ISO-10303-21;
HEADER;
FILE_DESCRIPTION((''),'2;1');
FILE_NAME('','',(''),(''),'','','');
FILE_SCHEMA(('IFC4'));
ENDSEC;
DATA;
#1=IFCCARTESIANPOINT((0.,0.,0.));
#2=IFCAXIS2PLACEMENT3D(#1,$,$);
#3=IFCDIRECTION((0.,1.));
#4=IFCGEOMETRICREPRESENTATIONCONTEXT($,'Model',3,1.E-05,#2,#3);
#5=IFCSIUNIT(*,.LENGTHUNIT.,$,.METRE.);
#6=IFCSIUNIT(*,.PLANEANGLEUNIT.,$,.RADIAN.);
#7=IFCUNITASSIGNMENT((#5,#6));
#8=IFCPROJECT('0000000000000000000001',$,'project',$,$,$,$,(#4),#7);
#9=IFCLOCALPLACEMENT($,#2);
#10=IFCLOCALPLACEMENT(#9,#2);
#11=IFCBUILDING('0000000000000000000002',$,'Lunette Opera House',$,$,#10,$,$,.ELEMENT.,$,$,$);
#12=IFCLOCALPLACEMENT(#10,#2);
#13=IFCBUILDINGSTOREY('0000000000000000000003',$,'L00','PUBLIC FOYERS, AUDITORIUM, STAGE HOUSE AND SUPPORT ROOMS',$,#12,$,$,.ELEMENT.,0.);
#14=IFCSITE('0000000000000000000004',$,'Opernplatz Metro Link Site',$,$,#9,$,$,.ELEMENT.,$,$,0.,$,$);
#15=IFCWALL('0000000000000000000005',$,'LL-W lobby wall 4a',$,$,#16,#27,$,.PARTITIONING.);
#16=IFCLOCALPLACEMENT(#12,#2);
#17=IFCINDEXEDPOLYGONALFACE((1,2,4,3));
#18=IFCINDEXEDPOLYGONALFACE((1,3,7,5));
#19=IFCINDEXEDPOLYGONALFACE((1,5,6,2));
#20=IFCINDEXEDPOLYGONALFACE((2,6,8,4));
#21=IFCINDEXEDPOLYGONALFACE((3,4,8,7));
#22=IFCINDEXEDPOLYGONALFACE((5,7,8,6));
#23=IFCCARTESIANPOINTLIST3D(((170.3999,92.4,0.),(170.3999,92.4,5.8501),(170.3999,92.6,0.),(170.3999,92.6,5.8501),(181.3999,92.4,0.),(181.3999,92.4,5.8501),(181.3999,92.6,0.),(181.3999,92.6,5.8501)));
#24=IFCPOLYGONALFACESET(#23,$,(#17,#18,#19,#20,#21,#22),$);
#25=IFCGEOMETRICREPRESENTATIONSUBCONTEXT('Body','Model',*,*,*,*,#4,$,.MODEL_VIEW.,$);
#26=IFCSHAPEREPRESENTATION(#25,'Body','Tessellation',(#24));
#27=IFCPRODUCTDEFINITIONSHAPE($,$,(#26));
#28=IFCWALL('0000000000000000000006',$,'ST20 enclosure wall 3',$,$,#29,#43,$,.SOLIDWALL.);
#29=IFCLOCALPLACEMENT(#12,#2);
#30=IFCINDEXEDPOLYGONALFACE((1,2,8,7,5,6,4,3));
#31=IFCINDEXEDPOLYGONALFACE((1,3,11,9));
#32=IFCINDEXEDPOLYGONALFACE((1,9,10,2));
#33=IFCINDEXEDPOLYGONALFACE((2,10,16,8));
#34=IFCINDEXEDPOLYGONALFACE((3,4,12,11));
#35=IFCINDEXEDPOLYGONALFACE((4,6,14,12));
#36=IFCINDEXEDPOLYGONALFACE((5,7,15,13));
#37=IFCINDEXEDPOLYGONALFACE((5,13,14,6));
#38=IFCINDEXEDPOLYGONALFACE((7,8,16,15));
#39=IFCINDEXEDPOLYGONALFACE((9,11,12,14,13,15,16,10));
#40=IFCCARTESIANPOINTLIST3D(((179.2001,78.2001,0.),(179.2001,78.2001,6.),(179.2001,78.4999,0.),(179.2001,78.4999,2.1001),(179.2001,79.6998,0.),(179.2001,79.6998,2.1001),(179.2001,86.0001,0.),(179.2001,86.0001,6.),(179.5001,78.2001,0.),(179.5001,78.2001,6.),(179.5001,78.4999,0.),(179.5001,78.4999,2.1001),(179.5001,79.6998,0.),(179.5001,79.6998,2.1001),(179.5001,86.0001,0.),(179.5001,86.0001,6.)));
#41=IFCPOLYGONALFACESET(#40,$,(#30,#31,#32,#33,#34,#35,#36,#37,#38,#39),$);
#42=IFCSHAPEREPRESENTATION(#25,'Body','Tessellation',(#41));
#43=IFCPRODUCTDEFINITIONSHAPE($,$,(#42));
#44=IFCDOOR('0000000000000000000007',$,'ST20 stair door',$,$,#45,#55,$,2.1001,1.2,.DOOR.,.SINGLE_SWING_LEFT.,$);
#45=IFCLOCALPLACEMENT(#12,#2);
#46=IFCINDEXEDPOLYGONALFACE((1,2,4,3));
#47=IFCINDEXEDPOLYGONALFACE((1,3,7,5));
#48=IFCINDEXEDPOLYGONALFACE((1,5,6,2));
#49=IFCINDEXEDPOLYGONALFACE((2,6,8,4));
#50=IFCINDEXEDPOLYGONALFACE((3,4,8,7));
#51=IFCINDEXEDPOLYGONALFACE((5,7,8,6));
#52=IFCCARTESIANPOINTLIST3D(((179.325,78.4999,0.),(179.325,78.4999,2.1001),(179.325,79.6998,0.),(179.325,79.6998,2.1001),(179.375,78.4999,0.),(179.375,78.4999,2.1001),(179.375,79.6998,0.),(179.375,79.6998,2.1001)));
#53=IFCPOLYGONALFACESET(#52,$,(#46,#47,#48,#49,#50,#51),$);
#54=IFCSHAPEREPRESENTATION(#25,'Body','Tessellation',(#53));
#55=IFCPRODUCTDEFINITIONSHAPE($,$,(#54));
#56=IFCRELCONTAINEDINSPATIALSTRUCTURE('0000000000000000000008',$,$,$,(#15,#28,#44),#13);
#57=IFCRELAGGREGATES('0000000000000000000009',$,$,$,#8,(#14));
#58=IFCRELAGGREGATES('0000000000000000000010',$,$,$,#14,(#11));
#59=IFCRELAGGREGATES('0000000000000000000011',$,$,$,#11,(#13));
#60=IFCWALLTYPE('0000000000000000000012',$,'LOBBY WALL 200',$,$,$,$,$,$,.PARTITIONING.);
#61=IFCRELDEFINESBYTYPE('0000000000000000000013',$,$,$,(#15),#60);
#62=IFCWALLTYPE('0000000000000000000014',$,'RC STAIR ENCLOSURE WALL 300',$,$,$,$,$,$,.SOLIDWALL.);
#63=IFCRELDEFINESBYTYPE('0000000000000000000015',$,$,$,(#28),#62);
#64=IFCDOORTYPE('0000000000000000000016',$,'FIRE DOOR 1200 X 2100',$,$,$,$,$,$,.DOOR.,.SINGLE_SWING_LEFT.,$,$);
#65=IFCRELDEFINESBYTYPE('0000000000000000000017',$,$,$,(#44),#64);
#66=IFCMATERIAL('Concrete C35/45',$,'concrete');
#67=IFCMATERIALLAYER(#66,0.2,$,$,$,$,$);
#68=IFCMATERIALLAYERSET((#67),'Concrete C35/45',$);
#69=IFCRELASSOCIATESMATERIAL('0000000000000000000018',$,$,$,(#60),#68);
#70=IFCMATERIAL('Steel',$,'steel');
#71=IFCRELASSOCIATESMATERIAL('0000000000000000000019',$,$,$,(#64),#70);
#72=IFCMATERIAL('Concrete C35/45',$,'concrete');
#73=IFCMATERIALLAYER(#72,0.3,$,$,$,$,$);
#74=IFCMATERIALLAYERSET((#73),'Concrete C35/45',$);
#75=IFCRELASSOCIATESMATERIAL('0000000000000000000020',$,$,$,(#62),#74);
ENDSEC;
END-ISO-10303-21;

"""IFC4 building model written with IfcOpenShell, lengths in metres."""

from ifc_helpers import new_model, si_unit, direction, frame, frame_2d, origin, place, context, subcontext, project, spatial, rectangle, extrude, material, layer, layer_set, type_object, element, fill, save


model = new_model("IFC4")

# Units and contexts
model_context = context("Model", 3, precision=1e-05, world=origin(), true_north=direction((0.0, 1.0)))
body_context = subcontext(model_context, "Body", "Model", "MODEL_VIEW")
ifc_project = project(units=[si_unit("LENGTHUNIT", "METRE"), si_unit("PLANEANGLEUNIT", "RADIAN")], contexts=[model_context])

# Site, building, storey
site_placement = place(None, origin())
site = spatial("IfcSite", under=ifc_project, at=site_placement, Name="Opernplatz Metro Link Site", CompositionType="ELEMENT", RefElevation=0.0)
building_placement = place(site_placement, origin())
building = spatial("IfcBuilding", under=site, at=building_placement, Name="Lunette Opera House", CompositionType="ELEMENT")
storey_placement = place(building_placement, origin())
storey = spatial("IfcBuildingStorey", under=building, at=storey_placement, Name="L00", Description="PUBLIC FOYERS, AUDITORIUM, STAGE HOUSE AND SUPPORT ROOMS", CompositionType="ELEMENT", Elevation=0.0)

# Shared definitions
ifc_material_1 = material(Name="Concrete C35/45", Category="concrete")
ifc_layer_1 = layer(ifc_material_1, 0.2)
ifc_layer_set_1 = layer_set([ifc_layer_1], Name="Concrete C35/45")
wall_type_1 = type_object("IfcWallType", Name="LOBBY WALL 200", PredefinedType="PARTITIONING", material=ifc_layer_set_1)
ifc_material_2 = material(Name="Steel", Category="steel")
door_type = type_object("IfcDoorType", Name="FIRE DOOR 1200 X 2100", OperationType="SINGLE_SWING_LEFT", PredefinedType="DOOR", material=ifc_material_2)

# Wall
wall_1_placement = place(storey_placement, frame((170.3999, 92.5, 0.0), z_axis=(0.0, 0.0, 1.0), x_axis=(1.0, 0.0, 0.0)))
element("IfcWall", 1, at=wall_1_placement, inside=storey, type_object=wall_type_1, Name="LL-W lobby wall 4a", PredefinedType="PARTITIONING", context=body_context, shape_type="SweptSolid", body=[
    extrude(rectangle(XDim=11.0, YDim=0.2, at=frame_2d((5.5, 0.0))), origin(), (0.0, 0.0, 1.0), 5.8501),
])

# Wall, opening, door
ifc_material_3 = material(Name="Concrete C35/45", Category="concrete")
ifc_layer_2 = layer(ifc_material_3, 0.3)
ifc_layer_set_2 = layer_set([ifc_layer_2], Name="Concrete C35/45")
wall_type_2 = type_object("IfcWallType", Name="RC STAIR ENCLOSURE WALL 300", PredefinedType="SOLIDWALL", material=ifc_layer_set_2)
wall_2_placement = place(storey_placement, frame((179.3501, 86.0, 0.0), z_axis=(0.0, 0.0, 1.0), x_axis=(0.0, -1.0, 0.0)))
wall_2 = element("IfcWall", 2, at=wall_2_placement, inside=storey, type_object=wall_type_2, Name="ST20 enclosure wall 3", PredefinedType="SOLIDWALL", context=body_context, shape_type="SweptSolid", body=[
    extrude(rectangle(XDim=7.8, YDim=0.3, at=frame_2d((3.8999, 0.0))), origin(), (0.0, 0.0, 1.0), 6.0),
])
opening_1_placement = place(wall_2_placement, frame((6.3, 0.0, 0.0)))
opening_1 = element("IfcOpeningElement", 3, at=opening_1_placement, cuts=wall_2, PredefinedType="OPENING", context=body_context, shape_type="SweptSolid", body=[
    extrude(rectangle(XDim=1.2, YDim=2.1001, at=frame_2d((0.6001, 1.05))), frame((0.0, 0.1621, 0.0), z_axis=(0.0, -1.0, 0.0), x_axis=(1.0, 0.0, 0.0)), (0.0, 0.0, 1.0), 0.324),
])
door_1_placement = place(opening_1_placement, origin())
door_1 = element("IfcDoor", 4, at=door_1_placement, inside=storey, type_object=door_type, Name="ST20 stair door", OperationType="SINGLE_SWING_LEFT", OverallHeight=2.1001, OverallWidth=1.2, PredefinedType="DOOR", context=body_context, shape_type="SweptSolid", body=[
    extrude(rectangle(XDim=1.2, YDim=2.1001, at=frame_2d((0.6001, 1.05))), frame((0.0, 0.0249, 0.0), z_axis=(0.0, -1.0, 0.0), x_axis=(1.0, 0.0, 0.0)), (0.0, 0.0, 1.0), 0.05),
])
fill(opening_1, door_1)

save(model, "model.ifc")
